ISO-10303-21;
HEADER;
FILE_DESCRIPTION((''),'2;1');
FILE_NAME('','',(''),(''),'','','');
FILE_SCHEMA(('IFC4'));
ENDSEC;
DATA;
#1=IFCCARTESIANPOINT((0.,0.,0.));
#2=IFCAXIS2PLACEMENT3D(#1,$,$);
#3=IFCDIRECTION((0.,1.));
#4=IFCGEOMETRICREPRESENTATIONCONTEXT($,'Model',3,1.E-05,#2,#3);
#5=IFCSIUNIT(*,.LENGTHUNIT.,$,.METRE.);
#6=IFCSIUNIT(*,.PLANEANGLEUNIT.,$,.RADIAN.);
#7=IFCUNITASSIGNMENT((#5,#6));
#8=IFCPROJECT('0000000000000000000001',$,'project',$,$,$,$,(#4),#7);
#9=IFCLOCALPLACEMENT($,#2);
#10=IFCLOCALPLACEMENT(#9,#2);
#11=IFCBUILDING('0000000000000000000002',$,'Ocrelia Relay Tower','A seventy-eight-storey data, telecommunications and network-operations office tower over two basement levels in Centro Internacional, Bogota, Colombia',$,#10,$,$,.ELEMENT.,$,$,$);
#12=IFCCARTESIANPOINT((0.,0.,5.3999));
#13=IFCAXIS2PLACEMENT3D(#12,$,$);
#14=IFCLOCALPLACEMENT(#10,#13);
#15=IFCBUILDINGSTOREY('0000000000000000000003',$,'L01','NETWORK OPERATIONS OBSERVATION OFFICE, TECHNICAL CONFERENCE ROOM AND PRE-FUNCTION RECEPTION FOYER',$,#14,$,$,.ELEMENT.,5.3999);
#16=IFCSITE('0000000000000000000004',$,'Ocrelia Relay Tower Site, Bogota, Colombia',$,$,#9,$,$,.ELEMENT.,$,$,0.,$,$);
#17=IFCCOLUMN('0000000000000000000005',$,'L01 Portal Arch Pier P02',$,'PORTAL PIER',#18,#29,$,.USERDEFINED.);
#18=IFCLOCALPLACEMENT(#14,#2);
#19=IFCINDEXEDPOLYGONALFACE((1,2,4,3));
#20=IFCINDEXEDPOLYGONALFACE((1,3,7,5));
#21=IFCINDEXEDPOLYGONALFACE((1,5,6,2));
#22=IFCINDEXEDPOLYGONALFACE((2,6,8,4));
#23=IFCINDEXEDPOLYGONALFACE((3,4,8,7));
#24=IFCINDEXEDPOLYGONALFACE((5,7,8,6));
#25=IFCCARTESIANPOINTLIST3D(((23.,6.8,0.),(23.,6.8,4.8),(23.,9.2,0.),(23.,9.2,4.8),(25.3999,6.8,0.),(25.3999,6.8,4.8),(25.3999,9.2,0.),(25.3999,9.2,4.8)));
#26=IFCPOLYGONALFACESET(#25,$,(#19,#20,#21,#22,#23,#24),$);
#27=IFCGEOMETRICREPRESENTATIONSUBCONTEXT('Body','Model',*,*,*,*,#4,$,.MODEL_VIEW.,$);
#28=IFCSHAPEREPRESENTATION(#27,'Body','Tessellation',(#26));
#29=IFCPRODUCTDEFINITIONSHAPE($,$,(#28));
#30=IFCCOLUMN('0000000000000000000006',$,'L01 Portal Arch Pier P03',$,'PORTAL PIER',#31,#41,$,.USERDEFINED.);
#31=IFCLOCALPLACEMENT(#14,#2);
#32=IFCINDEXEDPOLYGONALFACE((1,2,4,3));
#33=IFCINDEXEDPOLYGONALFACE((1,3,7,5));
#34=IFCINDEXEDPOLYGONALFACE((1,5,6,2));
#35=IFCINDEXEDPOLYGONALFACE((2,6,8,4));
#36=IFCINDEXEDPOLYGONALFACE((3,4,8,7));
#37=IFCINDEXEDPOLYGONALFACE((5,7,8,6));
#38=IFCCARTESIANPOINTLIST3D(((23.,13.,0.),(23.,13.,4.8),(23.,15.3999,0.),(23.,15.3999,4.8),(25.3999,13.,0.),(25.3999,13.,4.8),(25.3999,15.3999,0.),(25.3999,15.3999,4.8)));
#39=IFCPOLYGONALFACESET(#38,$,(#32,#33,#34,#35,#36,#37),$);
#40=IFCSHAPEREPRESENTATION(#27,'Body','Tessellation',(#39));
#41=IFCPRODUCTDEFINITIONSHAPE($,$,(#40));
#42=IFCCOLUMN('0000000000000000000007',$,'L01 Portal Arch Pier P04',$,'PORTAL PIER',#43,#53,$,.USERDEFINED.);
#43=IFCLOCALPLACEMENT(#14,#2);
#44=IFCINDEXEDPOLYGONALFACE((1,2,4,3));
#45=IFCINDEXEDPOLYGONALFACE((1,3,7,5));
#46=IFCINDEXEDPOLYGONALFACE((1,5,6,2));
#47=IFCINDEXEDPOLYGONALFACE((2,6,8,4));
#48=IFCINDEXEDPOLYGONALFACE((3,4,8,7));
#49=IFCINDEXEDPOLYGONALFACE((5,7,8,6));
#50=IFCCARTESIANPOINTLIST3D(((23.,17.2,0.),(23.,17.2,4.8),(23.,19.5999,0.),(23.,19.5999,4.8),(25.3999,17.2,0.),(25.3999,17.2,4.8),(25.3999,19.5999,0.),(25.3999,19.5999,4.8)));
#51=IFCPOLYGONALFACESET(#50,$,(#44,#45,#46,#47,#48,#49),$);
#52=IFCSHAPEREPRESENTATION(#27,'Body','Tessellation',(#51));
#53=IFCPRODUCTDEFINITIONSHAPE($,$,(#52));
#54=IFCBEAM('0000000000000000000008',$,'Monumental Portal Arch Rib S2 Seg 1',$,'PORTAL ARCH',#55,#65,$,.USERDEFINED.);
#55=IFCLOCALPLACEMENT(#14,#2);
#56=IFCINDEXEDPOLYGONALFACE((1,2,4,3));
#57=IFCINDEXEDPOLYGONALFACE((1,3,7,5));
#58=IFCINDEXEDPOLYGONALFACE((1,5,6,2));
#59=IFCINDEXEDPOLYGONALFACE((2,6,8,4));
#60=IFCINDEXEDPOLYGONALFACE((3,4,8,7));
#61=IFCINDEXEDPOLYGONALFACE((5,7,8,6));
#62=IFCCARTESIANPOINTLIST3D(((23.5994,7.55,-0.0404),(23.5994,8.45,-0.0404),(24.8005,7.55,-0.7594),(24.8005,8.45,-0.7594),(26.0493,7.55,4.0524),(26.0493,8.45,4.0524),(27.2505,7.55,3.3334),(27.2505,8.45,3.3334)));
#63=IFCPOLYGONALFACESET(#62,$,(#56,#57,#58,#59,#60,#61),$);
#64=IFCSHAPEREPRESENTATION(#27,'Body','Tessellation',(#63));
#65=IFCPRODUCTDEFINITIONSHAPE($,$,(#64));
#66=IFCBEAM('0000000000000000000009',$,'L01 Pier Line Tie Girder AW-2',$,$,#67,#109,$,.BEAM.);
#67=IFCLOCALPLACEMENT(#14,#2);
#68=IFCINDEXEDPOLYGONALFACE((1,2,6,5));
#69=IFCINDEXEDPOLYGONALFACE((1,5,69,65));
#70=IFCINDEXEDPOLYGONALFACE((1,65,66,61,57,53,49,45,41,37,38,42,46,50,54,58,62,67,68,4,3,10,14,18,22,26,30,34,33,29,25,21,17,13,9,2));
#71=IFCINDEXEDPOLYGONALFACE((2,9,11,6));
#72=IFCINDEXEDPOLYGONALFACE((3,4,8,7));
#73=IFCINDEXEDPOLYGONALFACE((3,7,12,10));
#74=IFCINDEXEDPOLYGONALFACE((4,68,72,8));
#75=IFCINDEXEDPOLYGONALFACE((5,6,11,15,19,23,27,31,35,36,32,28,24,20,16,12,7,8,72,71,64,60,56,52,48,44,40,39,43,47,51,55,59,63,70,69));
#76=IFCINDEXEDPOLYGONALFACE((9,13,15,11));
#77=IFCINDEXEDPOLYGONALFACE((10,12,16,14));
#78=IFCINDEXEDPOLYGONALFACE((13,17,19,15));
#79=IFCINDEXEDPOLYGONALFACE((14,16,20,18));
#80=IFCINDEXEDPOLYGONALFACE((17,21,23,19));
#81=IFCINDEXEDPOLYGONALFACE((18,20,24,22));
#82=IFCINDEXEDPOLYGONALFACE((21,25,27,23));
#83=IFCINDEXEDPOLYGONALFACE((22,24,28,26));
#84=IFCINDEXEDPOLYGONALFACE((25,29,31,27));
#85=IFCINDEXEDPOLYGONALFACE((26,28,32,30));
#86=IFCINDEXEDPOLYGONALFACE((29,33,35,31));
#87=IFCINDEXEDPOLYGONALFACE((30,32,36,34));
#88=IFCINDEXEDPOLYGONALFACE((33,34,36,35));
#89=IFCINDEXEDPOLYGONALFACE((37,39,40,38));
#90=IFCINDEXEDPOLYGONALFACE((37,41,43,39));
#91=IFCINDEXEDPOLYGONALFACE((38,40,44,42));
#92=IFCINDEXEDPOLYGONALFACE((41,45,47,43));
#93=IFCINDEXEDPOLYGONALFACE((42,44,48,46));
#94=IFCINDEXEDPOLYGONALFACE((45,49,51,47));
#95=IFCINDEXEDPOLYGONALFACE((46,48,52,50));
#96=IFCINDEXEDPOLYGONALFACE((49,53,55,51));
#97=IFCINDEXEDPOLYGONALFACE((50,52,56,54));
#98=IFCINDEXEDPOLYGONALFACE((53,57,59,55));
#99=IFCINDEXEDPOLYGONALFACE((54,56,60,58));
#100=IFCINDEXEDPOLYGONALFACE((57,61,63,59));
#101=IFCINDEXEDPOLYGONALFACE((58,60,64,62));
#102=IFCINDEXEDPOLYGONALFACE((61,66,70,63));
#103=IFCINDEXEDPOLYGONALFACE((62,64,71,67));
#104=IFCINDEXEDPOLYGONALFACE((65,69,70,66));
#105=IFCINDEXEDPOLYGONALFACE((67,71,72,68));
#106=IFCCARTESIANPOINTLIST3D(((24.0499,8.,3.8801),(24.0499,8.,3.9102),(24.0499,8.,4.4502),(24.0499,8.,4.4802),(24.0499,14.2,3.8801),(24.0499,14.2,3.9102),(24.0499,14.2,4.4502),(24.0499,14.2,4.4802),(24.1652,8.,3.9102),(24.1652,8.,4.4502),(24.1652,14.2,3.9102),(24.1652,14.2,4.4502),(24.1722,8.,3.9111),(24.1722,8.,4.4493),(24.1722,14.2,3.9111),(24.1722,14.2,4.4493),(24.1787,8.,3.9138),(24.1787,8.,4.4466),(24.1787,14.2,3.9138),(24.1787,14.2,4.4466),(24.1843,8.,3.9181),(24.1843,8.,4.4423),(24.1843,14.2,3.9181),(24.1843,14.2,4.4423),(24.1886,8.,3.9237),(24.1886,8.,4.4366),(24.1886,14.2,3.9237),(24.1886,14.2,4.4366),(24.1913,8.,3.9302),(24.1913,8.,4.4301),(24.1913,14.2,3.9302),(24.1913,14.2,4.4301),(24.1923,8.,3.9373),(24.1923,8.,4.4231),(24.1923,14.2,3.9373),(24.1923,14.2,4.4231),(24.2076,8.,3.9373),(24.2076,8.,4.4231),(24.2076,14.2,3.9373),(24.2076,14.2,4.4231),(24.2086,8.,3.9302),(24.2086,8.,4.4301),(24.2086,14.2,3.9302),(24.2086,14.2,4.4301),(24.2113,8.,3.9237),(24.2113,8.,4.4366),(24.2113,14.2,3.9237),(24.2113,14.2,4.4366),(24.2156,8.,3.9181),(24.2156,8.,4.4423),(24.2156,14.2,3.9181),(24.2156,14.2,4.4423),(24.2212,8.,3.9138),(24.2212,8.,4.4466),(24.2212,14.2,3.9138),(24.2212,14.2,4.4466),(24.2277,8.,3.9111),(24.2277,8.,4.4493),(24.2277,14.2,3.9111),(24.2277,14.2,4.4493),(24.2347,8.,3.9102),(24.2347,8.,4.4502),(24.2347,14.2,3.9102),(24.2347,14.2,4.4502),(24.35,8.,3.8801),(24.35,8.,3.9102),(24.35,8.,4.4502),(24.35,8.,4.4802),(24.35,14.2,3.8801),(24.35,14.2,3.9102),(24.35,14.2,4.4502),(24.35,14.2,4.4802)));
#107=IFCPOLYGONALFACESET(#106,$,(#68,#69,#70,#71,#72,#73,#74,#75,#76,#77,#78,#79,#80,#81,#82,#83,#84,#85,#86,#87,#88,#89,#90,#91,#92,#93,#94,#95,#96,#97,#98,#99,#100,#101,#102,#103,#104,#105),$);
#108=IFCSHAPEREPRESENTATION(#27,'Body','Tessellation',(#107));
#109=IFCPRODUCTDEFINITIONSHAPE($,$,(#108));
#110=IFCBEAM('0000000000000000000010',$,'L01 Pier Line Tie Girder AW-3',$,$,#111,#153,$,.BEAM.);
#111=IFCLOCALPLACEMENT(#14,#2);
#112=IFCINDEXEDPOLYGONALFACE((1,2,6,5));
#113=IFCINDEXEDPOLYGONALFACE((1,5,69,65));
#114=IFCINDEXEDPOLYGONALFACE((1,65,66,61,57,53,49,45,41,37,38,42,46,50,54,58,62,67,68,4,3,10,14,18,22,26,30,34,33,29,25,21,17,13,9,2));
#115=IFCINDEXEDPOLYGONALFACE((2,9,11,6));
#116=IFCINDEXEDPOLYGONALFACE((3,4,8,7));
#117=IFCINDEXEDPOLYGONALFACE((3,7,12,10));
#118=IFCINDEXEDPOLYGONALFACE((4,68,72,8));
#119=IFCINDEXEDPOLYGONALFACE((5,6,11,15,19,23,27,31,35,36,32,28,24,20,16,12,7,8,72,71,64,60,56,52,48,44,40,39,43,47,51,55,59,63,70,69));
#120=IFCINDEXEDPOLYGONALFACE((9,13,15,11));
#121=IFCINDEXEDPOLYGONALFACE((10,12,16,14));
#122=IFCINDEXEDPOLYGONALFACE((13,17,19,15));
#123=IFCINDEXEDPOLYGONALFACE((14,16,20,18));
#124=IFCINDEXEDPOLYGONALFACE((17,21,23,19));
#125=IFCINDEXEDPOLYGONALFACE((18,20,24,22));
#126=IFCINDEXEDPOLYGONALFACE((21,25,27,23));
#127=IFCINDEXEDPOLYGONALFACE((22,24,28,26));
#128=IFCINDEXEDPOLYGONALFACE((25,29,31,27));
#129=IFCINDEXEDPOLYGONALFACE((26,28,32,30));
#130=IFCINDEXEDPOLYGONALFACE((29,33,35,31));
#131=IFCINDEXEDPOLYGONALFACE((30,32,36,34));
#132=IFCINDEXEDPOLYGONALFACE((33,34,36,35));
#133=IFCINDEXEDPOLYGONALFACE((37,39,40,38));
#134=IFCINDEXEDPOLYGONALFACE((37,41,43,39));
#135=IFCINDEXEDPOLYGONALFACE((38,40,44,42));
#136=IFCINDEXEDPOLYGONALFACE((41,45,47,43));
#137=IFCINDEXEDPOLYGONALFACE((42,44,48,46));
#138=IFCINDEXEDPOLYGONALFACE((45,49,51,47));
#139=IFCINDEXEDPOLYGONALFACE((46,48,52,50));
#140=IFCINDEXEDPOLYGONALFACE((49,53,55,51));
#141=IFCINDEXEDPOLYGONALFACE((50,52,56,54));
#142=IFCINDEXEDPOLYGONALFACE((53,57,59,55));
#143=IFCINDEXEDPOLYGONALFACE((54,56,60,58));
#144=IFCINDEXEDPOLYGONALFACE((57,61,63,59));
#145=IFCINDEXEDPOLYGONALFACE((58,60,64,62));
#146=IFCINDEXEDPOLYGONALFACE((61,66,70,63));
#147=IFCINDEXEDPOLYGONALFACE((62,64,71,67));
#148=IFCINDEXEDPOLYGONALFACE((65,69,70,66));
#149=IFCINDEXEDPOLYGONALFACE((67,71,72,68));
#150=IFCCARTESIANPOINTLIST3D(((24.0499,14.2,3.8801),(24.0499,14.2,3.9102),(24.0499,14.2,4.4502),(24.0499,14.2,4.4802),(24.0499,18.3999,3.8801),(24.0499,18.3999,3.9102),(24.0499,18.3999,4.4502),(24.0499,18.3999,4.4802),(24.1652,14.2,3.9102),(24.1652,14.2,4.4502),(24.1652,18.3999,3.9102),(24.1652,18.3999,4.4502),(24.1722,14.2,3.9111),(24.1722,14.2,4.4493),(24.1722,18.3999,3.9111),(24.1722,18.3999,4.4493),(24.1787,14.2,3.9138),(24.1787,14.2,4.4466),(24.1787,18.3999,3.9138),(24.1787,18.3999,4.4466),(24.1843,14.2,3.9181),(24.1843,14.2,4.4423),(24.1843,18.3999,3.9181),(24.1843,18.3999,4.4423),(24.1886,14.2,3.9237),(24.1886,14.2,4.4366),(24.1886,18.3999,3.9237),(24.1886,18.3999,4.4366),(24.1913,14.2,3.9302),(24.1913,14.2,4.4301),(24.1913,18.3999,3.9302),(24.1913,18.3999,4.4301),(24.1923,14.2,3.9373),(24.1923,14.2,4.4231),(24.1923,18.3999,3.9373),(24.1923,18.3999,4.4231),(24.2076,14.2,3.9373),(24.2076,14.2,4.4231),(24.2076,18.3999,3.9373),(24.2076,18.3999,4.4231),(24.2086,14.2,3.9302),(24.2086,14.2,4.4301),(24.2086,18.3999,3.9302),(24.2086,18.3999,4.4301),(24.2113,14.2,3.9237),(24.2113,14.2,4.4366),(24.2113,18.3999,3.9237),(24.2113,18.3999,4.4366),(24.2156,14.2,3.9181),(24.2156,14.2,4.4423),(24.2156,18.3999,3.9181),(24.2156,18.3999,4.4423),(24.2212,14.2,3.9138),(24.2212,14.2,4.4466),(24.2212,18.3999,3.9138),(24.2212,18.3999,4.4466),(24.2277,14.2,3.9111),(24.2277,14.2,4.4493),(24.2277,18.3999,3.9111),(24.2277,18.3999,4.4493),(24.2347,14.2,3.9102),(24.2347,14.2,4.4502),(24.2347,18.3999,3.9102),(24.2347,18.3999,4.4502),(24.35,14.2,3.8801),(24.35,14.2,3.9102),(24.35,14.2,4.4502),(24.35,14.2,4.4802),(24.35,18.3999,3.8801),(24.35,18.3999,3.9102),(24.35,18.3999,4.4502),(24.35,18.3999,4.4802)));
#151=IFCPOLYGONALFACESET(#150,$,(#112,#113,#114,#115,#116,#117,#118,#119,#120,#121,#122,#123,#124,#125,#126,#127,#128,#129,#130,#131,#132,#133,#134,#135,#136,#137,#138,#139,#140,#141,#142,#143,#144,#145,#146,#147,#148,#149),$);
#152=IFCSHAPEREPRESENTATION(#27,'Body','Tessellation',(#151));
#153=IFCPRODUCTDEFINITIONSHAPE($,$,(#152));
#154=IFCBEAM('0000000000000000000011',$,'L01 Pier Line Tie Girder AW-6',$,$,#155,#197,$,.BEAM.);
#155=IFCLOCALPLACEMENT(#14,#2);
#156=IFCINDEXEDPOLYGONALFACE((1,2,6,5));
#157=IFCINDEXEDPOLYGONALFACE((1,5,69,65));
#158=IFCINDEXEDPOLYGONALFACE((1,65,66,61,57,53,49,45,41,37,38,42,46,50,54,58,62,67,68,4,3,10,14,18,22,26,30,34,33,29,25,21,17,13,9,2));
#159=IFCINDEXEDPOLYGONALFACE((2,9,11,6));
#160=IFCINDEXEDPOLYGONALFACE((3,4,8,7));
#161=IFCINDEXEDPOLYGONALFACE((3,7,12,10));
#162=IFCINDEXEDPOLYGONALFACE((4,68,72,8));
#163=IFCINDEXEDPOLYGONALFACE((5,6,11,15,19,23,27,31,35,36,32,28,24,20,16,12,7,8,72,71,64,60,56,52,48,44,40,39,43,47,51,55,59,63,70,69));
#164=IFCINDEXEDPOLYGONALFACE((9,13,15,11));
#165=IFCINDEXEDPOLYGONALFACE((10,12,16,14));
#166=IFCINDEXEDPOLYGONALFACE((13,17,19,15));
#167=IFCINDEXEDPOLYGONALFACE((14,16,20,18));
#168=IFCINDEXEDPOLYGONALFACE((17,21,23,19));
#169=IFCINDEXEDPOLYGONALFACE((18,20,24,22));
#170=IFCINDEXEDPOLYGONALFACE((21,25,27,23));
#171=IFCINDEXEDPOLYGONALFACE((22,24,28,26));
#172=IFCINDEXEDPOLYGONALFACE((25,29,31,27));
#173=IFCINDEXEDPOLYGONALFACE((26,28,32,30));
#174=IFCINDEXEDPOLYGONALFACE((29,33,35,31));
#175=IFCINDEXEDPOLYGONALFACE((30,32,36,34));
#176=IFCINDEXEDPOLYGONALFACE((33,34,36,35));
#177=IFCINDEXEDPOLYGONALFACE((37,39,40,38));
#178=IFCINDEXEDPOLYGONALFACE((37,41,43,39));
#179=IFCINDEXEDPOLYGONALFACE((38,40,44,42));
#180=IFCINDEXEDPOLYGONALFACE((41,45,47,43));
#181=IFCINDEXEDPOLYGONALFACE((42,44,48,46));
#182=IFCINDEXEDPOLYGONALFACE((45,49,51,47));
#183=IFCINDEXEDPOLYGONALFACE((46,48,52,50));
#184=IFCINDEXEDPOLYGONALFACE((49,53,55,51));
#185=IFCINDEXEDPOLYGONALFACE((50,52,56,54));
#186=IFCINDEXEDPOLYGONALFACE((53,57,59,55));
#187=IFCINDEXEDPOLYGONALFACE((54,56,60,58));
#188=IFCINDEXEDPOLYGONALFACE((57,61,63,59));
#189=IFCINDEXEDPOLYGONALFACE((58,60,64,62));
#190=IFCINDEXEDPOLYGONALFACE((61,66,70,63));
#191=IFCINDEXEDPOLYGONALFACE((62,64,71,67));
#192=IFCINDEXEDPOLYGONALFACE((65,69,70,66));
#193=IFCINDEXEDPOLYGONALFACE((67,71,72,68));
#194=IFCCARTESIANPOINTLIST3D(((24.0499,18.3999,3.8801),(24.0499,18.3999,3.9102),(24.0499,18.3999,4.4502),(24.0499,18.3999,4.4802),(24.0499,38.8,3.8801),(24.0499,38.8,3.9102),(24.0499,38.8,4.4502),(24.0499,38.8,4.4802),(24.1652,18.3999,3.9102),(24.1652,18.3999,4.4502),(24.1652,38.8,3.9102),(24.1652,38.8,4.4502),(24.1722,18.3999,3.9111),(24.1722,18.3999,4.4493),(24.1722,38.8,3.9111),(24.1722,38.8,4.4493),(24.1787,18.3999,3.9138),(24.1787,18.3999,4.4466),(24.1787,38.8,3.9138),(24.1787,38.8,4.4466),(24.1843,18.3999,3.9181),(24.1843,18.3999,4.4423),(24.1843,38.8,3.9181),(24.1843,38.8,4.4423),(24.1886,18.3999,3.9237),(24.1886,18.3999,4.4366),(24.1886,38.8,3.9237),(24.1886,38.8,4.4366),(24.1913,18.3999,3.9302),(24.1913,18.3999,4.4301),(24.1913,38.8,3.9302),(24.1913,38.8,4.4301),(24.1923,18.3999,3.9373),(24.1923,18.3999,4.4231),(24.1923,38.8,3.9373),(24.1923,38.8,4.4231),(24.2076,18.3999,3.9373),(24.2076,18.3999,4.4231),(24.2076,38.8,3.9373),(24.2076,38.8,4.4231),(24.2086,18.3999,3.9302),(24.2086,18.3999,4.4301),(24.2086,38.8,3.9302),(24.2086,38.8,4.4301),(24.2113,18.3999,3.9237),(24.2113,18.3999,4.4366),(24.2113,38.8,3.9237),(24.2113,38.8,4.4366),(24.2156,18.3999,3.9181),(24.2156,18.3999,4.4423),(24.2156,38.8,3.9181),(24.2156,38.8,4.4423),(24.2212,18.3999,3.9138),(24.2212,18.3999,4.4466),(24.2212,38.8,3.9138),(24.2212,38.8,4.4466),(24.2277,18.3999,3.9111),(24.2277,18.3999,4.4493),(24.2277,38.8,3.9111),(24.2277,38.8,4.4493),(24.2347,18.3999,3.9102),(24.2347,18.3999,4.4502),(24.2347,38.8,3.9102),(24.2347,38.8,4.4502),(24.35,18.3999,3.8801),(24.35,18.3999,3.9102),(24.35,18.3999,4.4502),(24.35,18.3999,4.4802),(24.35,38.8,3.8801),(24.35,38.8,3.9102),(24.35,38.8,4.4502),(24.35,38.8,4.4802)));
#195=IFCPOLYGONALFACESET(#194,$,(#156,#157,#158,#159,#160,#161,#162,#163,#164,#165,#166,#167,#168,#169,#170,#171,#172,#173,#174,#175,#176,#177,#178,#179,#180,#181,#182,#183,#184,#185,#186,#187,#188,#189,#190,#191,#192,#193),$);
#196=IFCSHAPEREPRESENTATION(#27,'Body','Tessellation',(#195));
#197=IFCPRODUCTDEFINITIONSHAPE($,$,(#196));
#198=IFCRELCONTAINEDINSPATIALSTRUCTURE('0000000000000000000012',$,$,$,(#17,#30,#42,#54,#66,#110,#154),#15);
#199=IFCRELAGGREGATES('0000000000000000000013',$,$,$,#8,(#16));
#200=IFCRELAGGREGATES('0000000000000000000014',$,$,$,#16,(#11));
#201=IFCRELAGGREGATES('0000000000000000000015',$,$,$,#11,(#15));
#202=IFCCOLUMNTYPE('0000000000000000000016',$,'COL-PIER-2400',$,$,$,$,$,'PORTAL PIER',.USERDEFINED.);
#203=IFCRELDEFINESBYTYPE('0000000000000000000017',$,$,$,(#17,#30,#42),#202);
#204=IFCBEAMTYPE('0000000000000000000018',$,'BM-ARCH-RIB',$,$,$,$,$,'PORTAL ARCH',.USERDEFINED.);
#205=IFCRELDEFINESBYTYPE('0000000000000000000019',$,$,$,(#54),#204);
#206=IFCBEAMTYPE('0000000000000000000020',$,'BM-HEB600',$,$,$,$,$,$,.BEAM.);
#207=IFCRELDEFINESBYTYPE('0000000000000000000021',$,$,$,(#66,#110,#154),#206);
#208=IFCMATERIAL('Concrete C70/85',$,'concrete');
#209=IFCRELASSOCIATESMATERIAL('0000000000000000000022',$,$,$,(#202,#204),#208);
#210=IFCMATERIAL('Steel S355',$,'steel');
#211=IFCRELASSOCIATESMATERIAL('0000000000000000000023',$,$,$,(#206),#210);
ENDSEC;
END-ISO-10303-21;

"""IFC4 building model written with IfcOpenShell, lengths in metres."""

from ifc_helpers import new_model, si_unit, direction, frame, origin, origin_2d, place, context, subcontext, project, spatial, rectangle, i_section, extrude, material, material_profile, profile_set, type_object, element, save


model = new_model("IFC4")

# Units and contexts
model_context = context("Model", 3, precision=1e-05, world=origin(), true_north=direction((0.0, 1.0)))
body_context = subcontext(model_context, "Body", "Model", "MODEL_VIEW")
ifc_project = project(units=[si_unit("LENGTHUNIT", "METRE"), si_unit("PLANEANGLEUNIT", "RADIAN")], contexts=[model_context])

# Site, building, storey
site_placement = place(None, origin())
site = spatial("IfcSite", under=ifc_project, at=site_placement, Name="Ocrelia Relay Tower Site, Bogota, Colombia", CompositionType="ELEMENT", RefElevation=0.0)
building_placement = place(site_placement, origin())
building = spatial("IfcBuilding", under=site, at=building_placement, Name="Ocrelia Relay Tower", Description="A seventy-eight-storey data, telecommunications and network-operations office tower over two basement levels in Centro Internacional, Bogota, Colombia", CompositionType="ELEMENT")
storey_placement = place(building_placement, frame((0.0, 0.0, 5.3999)))
storey = spatial("IfcBuildingStorey", under=building, at=storey_placement, Name="L01", Description="NETWORK OPERATIONS OBSERVATION OFFICE, TECHNICAL CONFERENCE ROOM AND PRE-FUNCTION RECEPTION FOYER", CompositionType="ELEMENT", Elevation=5.3999)

# Columns
ifc_material_1 = material(Name="Concrete C70/85", Category="concrete")
ifc_material_profile_1 = material_profile(ifc_material_1, rectangle(XDim=2.3999, YDim=2.3999, at=origin_2d()), Name="RC-PIER-2400x2400")
ifc_profile_set_1 = profile_set([ifc_material_profile_1], Name="Concrete C70/85")
column_type = type_object("IfcColumnType", Name="COL-PIER-2400", ElementType="PORTAL PIER", PredefinedType="USERDEFINED", material=ifc_profile_set_1)
for number, where, z_axis, x_axis, name in (
    (1, (24.2, 8.0, 0.0), (0.0, 0.0, 1.0), (1.0, 0.0, 0.0), "L01 Portal Arch Pier P02"),
    (2, (24.2, 14.2, 0.0), (0.0, 0.0, 1.0), (1.0, 0.0, 0.0), "L01 Portal Arch Pier P03"),
    (3, (24.2, 18.3999, 0.0), (0.0, 0.0, 1.0), (1.0, 0.0, 0.0), "L01 Portal Arch Pier P04"),
):
    element("IfcColumn", number, at=place(storey_placement, frame(where, z_axis=z_axis, x_axis=x_axis)), inside=storey, type_object=column_type, Name=name, ObjectType="PORTAL PIER", PredefinedType="USERDEFINED", context=body_context, shape_type="SweptSolid", body=[
        extrude(rectangle(XDim=2.3999, YDim=2.3999, at=origin_2d()), origin(), (0.0, 0.0, 1.0), 4.8),
    ])

# Beams
ifc_material_profile_2 = material_profile(ifc_material_1, rectangle(XDim=0.8999, YDim=1.3999, at=origin_2d()), Name="RC-BM-900x1400")
ifc_profile_set_2 = profile_set([ifc_material_profile_2], Name="Concrete C70/85")
beam_type_1 = type_object("IfcBeamType", Name="BM-ARCH-RIB", ElementType="PORTAL ARCH", PredefinedType="USERDEFINED", material=ifc_profile_set_2)
beam_1_placement = place(storey_placement, frame((24.2, 8.0, -0.3999), z_axis=(0.513615, 0.0, 0.858021), x_axis=(0.0, 1.0, 0.0)))
element("IfcBeam", 4, at=beam_1_placement, inside=storey, type_object=beam_type_1, Name="Monumental Portal Arch Rib S2 Seg 1", ObjectType="PORTAL ARCH", PredefinedType="USERDEFINED", context=body_context, shape_type="SweptSolid", body=[
    extrude(rectangle(XDim=0.8999, YDim=1.3999, at=origin_2d()), origin(), (0.0, 0.0, 1.0), 4.77),
])
ifc_material_2 = material(Name="Steel S355", Category="steel")
ifc_material_profile_3 = material_profile(ifc_material_2, i_section(OverallWidth=0.3, OverallDepth=0.6001, WebThickness=0.0154, FlangeThickness=0.03, FilletRadius=0.0271, at=origin_2d()), Name="HEB 600")
ifc_profile_set_3 = profile_set([ifc_material_profile_3], Name="Steel S355")
beam_type_2 = type_object("IfcBeamType", Name="BM-HEB600", PredefinedType="BEAM", material=ifc_profile_set_3)
beam_2_placement = place(storey_placement, frame((24.2, 8.0, 4.1802), z_axis=(0.0, 1.0, 0.0), x_axis=(-1.0, 0.0, 0.0)))
element("IfcBeam", 5, at=beam_2_placement, inside=storey, type_object=beam_type_2, Name="L01 Pier Line Tie Girder AW-2", PredefinedType="BEAM", context=body_context, shape_type="SweptSolid", body=[
    extrude(i_section(OverallWidth=0.3, OverallDepth=0.6001, WebThickness=0.0154, FlangeThickness=0.03, FilletRadius=0.0271, at=origin_2d()), origin(), (0.0, 0.0, 1.0), 6.2),
])
beam_3_placement = place(storey_placement, frame((24.2, 14.2, 4.1802), z_axis=(0.0, 1.0, 0.0), x_axis=(-1.0, 0.0, 0.0)))
element("IfcBeam", 6, at=beam_3_placement, inside=storey, type_object=beam_type_2, Name="L01 Pier Line Tie Girder AW-3", PredefinedType="BEAM", context=body_context, shape_type="SweptSolid", body=[
    extrude(i_section(OverallWidth=0.3, OverallDepth=0.6001, WebThickness=0.0154, FlangeThickness=0.03, FilletRadius=0.0271, at=origin_2d()), origin(), (0.0, 0.0, 1.0), 4.2),
])
beam_4_placement = place(storey_placement, frame((24.2, 18.3999, 4.1802), z_axis=(0.0, 1.0, 0.0), x_axis=(-1.0, 0.0, 0.0)))
element("IfcBeam", 7, at=beam_4_placement, inside=storey, type_object=beam_type_2, Name="L01 Pier Line Tie Girder AW-6", PredefinedType="BEAM", context=body_context, shape_type="SweptSolid", body=[
    extrude(i_section(OverallWidth=0.3, OverallDepth=0.6001, WebThickness=0.0154, FlangeThickness=0.03, FilletRadius=0.0271, at=origin_2d()), origin(), (0.0, 0.0, 1.0), 20.4001),
])

save(model, "model.ifc")
